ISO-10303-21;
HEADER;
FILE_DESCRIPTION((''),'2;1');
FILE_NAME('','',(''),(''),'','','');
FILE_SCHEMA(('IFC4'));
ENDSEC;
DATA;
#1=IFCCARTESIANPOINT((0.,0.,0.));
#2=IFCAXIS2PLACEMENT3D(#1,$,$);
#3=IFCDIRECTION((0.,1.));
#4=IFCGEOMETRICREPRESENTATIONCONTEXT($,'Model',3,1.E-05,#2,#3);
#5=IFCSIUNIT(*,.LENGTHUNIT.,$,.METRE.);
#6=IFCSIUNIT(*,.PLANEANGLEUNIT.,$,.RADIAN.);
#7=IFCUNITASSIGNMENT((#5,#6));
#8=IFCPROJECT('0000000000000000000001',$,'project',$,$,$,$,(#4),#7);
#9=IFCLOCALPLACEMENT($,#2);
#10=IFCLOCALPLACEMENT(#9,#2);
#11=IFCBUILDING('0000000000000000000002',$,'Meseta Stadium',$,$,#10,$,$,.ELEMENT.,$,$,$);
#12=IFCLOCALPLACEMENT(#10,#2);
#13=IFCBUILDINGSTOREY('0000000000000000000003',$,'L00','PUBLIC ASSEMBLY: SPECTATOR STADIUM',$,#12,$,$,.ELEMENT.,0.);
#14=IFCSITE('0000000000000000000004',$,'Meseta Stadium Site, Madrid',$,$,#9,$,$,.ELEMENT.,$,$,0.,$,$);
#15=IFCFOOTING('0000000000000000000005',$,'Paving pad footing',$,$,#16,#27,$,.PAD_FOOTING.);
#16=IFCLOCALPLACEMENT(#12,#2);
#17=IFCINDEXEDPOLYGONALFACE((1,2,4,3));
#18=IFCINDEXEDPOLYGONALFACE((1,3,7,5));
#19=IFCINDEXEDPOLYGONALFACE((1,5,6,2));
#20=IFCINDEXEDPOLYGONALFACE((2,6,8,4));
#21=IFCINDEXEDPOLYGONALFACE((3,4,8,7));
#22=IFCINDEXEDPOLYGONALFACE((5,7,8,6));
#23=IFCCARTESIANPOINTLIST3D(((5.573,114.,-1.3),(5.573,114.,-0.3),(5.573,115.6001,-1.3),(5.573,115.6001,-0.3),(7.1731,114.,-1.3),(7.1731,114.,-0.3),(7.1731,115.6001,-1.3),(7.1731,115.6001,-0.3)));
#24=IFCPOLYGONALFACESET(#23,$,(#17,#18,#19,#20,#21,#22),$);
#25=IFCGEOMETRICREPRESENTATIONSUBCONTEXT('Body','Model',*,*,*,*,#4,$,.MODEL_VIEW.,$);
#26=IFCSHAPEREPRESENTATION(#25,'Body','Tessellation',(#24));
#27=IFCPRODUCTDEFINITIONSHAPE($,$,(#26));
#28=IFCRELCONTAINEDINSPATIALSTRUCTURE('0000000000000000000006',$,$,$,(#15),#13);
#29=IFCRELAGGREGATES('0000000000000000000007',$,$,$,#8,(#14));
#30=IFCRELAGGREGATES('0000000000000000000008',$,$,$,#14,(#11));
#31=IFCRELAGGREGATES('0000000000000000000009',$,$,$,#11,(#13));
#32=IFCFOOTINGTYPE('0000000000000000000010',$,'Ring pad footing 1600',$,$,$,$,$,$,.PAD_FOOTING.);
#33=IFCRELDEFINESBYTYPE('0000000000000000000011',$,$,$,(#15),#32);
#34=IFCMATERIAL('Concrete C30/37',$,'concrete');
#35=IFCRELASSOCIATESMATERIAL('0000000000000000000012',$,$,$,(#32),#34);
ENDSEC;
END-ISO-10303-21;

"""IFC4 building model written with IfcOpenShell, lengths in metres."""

from ifc_helpers import new_model, si_unit, direction, frame, origin, place, context, subcontext, project, spatial, polyline, outline, extrude, material, type_object, element, save


model = new_model("IFC4")

# Units and contexts
model_context = context("Model", 3, precision=1e-05, world=origin(), true_north=direction((0.0, 1.0)))
body_context = subcontext(model_context, "Body", "Model", "MODEL_VIEW")
ifc_project = project(units=[si_unit("LENGTHUNIT", "METRE"), si_unit("PLANEANGLEUNIT", "RADIAN")], contexts=[model_context])

# Site, building, storey
site_placement = place(None, origin())
site = spatial("IfcSite", under=ifc_project, at=site_placement, Name="Meseta Stadium Site, Madrid", CompositionType="ELEMENT", RefElevation=0.0)
building_placement = place(site_placement, origin())
building = spatial("IfcBuilding", under=site, at=building_placement, Name="Meseta Stadium", CompositionType="ELEMENT")
storey_placement = place(building_placement, origin())
storey = spatial("IfcBuildingStorey", under=building, at=storey_placement, Name="L00", Description="PUBLIC ASSEMBLY: SPECTATOR STADIUM", CompositionType="ELEMENT", Elevation=0.0)

# Footing
ifc_material_1 = material(Name="Concrete C30/37", Category="concrete")
footing_type_1 = type_object("IfcFootingType", Name="Ring pad footing 1600", PredefinedType="PAD_FOOTING", material=ifc_material_1)
footing_1_placement = place(storey_placement, frame((0.0, 0.0, -1.3)))
element("IfcFooting", 1, at=footing_1_placement, inside=storey, type_object=footing_type_1, Name="Paving pad footing", PredefinedType="PAD_FOOTING", context=body_context, shape_type="SweptSolid", body=[
    extrude(outline(polyline([(7.1731, 114.0), (7.1731, 115.6001), (5.573, 115.6001), (5.573, 114.0), (7.1731, 114.0)])), origin(), (0.0, 0.0, 1.0), 1.0),
])

save(model, "model.ifc")
